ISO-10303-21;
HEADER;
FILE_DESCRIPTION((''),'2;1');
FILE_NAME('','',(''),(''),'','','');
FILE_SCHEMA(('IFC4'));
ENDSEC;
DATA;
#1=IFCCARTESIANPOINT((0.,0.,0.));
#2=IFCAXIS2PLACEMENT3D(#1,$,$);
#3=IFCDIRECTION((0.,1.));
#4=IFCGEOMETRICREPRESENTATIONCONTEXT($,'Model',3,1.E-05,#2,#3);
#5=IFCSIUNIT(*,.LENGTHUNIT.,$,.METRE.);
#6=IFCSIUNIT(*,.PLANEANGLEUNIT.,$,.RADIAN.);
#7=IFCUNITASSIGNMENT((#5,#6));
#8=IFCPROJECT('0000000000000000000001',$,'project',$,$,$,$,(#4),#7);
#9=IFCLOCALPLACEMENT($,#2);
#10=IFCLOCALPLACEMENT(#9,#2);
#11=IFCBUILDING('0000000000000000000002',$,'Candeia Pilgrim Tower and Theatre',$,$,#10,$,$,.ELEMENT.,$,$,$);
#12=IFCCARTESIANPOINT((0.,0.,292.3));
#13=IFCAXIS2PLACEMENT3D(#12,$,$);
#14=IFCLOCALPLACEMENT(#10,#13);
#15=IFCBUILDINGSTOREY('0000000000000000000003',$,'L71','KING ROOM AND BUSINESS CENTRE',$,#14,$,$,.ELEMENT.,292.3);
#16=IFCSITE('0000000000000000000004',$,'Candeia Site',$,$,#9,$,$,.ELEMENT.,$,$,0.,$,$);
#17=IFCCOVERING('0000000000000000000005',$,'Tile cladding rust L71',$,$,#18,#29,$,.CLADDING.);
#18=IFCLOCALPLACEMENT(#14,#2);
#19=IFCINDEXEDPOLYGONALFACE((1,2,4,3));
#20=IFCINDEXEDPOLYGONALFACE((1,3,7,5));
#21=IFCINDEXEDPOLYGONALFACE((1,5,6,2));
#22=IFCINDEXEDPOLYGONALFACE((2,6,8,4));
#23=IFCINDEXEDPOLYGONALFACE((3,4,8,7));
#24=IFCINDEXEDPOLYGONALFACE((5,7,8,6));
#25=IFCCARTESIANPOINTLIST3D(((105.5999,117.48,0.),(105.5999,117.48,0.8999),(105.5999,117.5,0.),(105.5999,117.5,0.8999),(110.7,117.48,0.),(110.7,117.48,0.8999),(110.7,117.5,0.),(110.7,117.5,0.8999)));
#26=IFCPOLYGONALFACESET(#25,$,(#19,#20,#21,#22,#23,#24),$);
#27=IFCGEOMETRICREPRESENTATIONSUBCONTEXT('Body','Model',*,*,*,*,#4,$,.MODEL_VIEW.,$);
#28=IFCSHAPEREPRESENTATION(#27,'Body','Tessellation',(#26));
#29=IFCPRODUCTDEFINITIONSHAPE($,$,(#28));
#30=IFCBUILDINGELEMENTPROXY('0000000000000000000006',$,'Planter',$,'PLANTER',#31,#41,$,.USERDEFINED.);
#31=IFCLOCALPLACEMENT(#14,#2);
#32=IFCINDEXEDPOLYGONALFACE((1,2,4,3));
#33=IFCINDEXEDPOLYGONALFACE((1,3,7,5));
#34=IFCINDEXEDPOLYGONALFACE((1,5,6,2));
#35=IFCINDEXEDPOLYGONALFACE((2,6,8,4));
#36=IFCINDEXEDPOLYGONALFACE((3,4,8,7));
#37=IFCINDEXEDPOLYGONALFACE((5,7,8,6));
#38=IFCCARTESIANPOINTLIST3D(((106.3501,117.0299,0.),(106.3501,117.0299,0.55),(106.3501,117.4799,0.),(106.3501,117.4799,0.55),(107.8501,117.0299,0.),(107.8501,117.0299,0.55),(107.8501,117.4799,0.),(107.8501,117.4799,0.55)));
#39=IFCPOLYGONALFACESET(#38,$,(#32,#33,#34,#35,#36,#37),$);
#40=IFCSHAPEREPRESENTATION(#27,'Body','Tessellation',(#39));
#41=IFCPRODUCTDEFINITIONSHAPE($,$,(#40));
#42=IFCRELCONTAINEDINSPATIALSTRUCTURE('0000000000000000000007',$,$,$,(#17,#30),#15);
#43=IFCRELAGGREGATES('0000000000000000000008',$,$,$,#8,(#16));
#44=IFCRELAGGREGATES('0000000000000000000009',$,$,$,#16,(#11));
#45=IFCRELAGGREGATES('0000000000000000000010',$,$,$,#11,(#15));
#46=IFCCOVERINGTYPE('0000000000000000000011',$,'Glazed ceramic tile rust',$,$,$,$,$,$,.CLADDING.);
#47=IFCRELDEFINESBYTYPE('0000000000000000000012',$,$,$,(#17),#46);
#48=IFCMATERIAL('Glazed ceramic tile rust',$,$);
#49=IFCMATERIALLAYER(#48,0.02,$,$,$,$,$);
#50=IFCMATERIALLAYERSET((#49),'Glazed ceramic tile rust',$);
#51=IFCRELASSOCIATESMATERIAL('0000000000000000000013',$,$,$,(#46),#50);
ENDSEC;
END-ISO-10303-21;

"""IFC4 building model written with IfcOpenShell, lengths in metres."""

from ifc_helpers import new_model, si_unit, direction, frame, origin, origin_2d, place, context, subcontext, project, spatial, rectangle, extrude, material, layer, layer_set, type_object, element, save


model = new_model("IFC4")

# Units and contexts
model_context = context("Model", 3, precision=1e-05, world=origin(), true_north=direction((0.0, 1.0)))
body_context = subcontext(model_context, "Body", "Model", "MODEL_VIEW")
ifc_project = project(units=[si_unit("LENGTHUNIT", "METRE"), si_unit("PLANEANGLEUNIT", "RADIAN")], contexts=[model_context])

# Site, building, storey
site_placement = place(None, origin())
site = spatial("IfcSite", under=ifc_project, at=site_placement, Name="Candeia Site", CompositionType="ELEMENT", RefElevation=0.0)
building_placement = place(site_placement, origin())
building = spatial("IfcBuilding", under=site, at=building_placement, Name="Candeia Pilgrim Tower and Theatre", CompositionType="ELEMENT")
storey_placement = place(building_placement, frame((0.0, 0.0, 292.3)))
storey = spatial("IfcBuildingStorey", under=building, at=storey_placement, Name="L71", Description="KING ROOM AND BUSINESS CENTRE", CompositionType="ELEMENT", Elevation=292.3)

# Covering
ifc_material_1 = material(Name="Glazed ceramic tile rust")
ifc_layer_1 = layer(ifc_material_1, 0.02)
ifc_layer_set_1 = layer_set([ifc_layer_1], Name="Glazed ceramic tile rust")
covering_type_1 = type_object("IfcCoveringType", Name="Glazed ceramic tile rust", PredefinedType="CLADDING", material=ifc_layer_set_1)
covering_1_placement = place(storey_placement, frame((108.1499, 117.49, 0.0), z_axis=(0.0, 0.0, 1.0), x_axis=(1.0, 0.0, 0.0)))
element("IfcCovering", 1, at=covering_1_placement, inside=storey, type_object=covering_type_1, Name="Tile cladding rust L71", PredefinedType="CLADDING", context=body_context, shape_type="SweptSolid", body=[
    extrude(rectangle(XDim=5.1001, YDim=0.02, at=origin_2d()), origin(), (0.0, 0.0, 1.0), 0.8999),
])

# Building element proxy
proxy_placement = place(storey_placement, frame((107.1001, 117.2549, 0.0), z_axis=(0.0, 0.0, 1.0), x_axis=(1.0, 0.0, 0.0)))
element("IfcBuildingElementProxy", 2, at=proxy_placement, inside=storey, Name="Planter", ObjectType="PLANTER", PredefinedType="USERDEFINED", context=body_context, shape_type="SweptSolid", body=[
    extrude(rectangle(XDim=1.5, YDim=0.45, at=origin_2d()), origin(), (0.0, 0.0, 1.0), 0.55),
])

save(model, "model.ifc")
